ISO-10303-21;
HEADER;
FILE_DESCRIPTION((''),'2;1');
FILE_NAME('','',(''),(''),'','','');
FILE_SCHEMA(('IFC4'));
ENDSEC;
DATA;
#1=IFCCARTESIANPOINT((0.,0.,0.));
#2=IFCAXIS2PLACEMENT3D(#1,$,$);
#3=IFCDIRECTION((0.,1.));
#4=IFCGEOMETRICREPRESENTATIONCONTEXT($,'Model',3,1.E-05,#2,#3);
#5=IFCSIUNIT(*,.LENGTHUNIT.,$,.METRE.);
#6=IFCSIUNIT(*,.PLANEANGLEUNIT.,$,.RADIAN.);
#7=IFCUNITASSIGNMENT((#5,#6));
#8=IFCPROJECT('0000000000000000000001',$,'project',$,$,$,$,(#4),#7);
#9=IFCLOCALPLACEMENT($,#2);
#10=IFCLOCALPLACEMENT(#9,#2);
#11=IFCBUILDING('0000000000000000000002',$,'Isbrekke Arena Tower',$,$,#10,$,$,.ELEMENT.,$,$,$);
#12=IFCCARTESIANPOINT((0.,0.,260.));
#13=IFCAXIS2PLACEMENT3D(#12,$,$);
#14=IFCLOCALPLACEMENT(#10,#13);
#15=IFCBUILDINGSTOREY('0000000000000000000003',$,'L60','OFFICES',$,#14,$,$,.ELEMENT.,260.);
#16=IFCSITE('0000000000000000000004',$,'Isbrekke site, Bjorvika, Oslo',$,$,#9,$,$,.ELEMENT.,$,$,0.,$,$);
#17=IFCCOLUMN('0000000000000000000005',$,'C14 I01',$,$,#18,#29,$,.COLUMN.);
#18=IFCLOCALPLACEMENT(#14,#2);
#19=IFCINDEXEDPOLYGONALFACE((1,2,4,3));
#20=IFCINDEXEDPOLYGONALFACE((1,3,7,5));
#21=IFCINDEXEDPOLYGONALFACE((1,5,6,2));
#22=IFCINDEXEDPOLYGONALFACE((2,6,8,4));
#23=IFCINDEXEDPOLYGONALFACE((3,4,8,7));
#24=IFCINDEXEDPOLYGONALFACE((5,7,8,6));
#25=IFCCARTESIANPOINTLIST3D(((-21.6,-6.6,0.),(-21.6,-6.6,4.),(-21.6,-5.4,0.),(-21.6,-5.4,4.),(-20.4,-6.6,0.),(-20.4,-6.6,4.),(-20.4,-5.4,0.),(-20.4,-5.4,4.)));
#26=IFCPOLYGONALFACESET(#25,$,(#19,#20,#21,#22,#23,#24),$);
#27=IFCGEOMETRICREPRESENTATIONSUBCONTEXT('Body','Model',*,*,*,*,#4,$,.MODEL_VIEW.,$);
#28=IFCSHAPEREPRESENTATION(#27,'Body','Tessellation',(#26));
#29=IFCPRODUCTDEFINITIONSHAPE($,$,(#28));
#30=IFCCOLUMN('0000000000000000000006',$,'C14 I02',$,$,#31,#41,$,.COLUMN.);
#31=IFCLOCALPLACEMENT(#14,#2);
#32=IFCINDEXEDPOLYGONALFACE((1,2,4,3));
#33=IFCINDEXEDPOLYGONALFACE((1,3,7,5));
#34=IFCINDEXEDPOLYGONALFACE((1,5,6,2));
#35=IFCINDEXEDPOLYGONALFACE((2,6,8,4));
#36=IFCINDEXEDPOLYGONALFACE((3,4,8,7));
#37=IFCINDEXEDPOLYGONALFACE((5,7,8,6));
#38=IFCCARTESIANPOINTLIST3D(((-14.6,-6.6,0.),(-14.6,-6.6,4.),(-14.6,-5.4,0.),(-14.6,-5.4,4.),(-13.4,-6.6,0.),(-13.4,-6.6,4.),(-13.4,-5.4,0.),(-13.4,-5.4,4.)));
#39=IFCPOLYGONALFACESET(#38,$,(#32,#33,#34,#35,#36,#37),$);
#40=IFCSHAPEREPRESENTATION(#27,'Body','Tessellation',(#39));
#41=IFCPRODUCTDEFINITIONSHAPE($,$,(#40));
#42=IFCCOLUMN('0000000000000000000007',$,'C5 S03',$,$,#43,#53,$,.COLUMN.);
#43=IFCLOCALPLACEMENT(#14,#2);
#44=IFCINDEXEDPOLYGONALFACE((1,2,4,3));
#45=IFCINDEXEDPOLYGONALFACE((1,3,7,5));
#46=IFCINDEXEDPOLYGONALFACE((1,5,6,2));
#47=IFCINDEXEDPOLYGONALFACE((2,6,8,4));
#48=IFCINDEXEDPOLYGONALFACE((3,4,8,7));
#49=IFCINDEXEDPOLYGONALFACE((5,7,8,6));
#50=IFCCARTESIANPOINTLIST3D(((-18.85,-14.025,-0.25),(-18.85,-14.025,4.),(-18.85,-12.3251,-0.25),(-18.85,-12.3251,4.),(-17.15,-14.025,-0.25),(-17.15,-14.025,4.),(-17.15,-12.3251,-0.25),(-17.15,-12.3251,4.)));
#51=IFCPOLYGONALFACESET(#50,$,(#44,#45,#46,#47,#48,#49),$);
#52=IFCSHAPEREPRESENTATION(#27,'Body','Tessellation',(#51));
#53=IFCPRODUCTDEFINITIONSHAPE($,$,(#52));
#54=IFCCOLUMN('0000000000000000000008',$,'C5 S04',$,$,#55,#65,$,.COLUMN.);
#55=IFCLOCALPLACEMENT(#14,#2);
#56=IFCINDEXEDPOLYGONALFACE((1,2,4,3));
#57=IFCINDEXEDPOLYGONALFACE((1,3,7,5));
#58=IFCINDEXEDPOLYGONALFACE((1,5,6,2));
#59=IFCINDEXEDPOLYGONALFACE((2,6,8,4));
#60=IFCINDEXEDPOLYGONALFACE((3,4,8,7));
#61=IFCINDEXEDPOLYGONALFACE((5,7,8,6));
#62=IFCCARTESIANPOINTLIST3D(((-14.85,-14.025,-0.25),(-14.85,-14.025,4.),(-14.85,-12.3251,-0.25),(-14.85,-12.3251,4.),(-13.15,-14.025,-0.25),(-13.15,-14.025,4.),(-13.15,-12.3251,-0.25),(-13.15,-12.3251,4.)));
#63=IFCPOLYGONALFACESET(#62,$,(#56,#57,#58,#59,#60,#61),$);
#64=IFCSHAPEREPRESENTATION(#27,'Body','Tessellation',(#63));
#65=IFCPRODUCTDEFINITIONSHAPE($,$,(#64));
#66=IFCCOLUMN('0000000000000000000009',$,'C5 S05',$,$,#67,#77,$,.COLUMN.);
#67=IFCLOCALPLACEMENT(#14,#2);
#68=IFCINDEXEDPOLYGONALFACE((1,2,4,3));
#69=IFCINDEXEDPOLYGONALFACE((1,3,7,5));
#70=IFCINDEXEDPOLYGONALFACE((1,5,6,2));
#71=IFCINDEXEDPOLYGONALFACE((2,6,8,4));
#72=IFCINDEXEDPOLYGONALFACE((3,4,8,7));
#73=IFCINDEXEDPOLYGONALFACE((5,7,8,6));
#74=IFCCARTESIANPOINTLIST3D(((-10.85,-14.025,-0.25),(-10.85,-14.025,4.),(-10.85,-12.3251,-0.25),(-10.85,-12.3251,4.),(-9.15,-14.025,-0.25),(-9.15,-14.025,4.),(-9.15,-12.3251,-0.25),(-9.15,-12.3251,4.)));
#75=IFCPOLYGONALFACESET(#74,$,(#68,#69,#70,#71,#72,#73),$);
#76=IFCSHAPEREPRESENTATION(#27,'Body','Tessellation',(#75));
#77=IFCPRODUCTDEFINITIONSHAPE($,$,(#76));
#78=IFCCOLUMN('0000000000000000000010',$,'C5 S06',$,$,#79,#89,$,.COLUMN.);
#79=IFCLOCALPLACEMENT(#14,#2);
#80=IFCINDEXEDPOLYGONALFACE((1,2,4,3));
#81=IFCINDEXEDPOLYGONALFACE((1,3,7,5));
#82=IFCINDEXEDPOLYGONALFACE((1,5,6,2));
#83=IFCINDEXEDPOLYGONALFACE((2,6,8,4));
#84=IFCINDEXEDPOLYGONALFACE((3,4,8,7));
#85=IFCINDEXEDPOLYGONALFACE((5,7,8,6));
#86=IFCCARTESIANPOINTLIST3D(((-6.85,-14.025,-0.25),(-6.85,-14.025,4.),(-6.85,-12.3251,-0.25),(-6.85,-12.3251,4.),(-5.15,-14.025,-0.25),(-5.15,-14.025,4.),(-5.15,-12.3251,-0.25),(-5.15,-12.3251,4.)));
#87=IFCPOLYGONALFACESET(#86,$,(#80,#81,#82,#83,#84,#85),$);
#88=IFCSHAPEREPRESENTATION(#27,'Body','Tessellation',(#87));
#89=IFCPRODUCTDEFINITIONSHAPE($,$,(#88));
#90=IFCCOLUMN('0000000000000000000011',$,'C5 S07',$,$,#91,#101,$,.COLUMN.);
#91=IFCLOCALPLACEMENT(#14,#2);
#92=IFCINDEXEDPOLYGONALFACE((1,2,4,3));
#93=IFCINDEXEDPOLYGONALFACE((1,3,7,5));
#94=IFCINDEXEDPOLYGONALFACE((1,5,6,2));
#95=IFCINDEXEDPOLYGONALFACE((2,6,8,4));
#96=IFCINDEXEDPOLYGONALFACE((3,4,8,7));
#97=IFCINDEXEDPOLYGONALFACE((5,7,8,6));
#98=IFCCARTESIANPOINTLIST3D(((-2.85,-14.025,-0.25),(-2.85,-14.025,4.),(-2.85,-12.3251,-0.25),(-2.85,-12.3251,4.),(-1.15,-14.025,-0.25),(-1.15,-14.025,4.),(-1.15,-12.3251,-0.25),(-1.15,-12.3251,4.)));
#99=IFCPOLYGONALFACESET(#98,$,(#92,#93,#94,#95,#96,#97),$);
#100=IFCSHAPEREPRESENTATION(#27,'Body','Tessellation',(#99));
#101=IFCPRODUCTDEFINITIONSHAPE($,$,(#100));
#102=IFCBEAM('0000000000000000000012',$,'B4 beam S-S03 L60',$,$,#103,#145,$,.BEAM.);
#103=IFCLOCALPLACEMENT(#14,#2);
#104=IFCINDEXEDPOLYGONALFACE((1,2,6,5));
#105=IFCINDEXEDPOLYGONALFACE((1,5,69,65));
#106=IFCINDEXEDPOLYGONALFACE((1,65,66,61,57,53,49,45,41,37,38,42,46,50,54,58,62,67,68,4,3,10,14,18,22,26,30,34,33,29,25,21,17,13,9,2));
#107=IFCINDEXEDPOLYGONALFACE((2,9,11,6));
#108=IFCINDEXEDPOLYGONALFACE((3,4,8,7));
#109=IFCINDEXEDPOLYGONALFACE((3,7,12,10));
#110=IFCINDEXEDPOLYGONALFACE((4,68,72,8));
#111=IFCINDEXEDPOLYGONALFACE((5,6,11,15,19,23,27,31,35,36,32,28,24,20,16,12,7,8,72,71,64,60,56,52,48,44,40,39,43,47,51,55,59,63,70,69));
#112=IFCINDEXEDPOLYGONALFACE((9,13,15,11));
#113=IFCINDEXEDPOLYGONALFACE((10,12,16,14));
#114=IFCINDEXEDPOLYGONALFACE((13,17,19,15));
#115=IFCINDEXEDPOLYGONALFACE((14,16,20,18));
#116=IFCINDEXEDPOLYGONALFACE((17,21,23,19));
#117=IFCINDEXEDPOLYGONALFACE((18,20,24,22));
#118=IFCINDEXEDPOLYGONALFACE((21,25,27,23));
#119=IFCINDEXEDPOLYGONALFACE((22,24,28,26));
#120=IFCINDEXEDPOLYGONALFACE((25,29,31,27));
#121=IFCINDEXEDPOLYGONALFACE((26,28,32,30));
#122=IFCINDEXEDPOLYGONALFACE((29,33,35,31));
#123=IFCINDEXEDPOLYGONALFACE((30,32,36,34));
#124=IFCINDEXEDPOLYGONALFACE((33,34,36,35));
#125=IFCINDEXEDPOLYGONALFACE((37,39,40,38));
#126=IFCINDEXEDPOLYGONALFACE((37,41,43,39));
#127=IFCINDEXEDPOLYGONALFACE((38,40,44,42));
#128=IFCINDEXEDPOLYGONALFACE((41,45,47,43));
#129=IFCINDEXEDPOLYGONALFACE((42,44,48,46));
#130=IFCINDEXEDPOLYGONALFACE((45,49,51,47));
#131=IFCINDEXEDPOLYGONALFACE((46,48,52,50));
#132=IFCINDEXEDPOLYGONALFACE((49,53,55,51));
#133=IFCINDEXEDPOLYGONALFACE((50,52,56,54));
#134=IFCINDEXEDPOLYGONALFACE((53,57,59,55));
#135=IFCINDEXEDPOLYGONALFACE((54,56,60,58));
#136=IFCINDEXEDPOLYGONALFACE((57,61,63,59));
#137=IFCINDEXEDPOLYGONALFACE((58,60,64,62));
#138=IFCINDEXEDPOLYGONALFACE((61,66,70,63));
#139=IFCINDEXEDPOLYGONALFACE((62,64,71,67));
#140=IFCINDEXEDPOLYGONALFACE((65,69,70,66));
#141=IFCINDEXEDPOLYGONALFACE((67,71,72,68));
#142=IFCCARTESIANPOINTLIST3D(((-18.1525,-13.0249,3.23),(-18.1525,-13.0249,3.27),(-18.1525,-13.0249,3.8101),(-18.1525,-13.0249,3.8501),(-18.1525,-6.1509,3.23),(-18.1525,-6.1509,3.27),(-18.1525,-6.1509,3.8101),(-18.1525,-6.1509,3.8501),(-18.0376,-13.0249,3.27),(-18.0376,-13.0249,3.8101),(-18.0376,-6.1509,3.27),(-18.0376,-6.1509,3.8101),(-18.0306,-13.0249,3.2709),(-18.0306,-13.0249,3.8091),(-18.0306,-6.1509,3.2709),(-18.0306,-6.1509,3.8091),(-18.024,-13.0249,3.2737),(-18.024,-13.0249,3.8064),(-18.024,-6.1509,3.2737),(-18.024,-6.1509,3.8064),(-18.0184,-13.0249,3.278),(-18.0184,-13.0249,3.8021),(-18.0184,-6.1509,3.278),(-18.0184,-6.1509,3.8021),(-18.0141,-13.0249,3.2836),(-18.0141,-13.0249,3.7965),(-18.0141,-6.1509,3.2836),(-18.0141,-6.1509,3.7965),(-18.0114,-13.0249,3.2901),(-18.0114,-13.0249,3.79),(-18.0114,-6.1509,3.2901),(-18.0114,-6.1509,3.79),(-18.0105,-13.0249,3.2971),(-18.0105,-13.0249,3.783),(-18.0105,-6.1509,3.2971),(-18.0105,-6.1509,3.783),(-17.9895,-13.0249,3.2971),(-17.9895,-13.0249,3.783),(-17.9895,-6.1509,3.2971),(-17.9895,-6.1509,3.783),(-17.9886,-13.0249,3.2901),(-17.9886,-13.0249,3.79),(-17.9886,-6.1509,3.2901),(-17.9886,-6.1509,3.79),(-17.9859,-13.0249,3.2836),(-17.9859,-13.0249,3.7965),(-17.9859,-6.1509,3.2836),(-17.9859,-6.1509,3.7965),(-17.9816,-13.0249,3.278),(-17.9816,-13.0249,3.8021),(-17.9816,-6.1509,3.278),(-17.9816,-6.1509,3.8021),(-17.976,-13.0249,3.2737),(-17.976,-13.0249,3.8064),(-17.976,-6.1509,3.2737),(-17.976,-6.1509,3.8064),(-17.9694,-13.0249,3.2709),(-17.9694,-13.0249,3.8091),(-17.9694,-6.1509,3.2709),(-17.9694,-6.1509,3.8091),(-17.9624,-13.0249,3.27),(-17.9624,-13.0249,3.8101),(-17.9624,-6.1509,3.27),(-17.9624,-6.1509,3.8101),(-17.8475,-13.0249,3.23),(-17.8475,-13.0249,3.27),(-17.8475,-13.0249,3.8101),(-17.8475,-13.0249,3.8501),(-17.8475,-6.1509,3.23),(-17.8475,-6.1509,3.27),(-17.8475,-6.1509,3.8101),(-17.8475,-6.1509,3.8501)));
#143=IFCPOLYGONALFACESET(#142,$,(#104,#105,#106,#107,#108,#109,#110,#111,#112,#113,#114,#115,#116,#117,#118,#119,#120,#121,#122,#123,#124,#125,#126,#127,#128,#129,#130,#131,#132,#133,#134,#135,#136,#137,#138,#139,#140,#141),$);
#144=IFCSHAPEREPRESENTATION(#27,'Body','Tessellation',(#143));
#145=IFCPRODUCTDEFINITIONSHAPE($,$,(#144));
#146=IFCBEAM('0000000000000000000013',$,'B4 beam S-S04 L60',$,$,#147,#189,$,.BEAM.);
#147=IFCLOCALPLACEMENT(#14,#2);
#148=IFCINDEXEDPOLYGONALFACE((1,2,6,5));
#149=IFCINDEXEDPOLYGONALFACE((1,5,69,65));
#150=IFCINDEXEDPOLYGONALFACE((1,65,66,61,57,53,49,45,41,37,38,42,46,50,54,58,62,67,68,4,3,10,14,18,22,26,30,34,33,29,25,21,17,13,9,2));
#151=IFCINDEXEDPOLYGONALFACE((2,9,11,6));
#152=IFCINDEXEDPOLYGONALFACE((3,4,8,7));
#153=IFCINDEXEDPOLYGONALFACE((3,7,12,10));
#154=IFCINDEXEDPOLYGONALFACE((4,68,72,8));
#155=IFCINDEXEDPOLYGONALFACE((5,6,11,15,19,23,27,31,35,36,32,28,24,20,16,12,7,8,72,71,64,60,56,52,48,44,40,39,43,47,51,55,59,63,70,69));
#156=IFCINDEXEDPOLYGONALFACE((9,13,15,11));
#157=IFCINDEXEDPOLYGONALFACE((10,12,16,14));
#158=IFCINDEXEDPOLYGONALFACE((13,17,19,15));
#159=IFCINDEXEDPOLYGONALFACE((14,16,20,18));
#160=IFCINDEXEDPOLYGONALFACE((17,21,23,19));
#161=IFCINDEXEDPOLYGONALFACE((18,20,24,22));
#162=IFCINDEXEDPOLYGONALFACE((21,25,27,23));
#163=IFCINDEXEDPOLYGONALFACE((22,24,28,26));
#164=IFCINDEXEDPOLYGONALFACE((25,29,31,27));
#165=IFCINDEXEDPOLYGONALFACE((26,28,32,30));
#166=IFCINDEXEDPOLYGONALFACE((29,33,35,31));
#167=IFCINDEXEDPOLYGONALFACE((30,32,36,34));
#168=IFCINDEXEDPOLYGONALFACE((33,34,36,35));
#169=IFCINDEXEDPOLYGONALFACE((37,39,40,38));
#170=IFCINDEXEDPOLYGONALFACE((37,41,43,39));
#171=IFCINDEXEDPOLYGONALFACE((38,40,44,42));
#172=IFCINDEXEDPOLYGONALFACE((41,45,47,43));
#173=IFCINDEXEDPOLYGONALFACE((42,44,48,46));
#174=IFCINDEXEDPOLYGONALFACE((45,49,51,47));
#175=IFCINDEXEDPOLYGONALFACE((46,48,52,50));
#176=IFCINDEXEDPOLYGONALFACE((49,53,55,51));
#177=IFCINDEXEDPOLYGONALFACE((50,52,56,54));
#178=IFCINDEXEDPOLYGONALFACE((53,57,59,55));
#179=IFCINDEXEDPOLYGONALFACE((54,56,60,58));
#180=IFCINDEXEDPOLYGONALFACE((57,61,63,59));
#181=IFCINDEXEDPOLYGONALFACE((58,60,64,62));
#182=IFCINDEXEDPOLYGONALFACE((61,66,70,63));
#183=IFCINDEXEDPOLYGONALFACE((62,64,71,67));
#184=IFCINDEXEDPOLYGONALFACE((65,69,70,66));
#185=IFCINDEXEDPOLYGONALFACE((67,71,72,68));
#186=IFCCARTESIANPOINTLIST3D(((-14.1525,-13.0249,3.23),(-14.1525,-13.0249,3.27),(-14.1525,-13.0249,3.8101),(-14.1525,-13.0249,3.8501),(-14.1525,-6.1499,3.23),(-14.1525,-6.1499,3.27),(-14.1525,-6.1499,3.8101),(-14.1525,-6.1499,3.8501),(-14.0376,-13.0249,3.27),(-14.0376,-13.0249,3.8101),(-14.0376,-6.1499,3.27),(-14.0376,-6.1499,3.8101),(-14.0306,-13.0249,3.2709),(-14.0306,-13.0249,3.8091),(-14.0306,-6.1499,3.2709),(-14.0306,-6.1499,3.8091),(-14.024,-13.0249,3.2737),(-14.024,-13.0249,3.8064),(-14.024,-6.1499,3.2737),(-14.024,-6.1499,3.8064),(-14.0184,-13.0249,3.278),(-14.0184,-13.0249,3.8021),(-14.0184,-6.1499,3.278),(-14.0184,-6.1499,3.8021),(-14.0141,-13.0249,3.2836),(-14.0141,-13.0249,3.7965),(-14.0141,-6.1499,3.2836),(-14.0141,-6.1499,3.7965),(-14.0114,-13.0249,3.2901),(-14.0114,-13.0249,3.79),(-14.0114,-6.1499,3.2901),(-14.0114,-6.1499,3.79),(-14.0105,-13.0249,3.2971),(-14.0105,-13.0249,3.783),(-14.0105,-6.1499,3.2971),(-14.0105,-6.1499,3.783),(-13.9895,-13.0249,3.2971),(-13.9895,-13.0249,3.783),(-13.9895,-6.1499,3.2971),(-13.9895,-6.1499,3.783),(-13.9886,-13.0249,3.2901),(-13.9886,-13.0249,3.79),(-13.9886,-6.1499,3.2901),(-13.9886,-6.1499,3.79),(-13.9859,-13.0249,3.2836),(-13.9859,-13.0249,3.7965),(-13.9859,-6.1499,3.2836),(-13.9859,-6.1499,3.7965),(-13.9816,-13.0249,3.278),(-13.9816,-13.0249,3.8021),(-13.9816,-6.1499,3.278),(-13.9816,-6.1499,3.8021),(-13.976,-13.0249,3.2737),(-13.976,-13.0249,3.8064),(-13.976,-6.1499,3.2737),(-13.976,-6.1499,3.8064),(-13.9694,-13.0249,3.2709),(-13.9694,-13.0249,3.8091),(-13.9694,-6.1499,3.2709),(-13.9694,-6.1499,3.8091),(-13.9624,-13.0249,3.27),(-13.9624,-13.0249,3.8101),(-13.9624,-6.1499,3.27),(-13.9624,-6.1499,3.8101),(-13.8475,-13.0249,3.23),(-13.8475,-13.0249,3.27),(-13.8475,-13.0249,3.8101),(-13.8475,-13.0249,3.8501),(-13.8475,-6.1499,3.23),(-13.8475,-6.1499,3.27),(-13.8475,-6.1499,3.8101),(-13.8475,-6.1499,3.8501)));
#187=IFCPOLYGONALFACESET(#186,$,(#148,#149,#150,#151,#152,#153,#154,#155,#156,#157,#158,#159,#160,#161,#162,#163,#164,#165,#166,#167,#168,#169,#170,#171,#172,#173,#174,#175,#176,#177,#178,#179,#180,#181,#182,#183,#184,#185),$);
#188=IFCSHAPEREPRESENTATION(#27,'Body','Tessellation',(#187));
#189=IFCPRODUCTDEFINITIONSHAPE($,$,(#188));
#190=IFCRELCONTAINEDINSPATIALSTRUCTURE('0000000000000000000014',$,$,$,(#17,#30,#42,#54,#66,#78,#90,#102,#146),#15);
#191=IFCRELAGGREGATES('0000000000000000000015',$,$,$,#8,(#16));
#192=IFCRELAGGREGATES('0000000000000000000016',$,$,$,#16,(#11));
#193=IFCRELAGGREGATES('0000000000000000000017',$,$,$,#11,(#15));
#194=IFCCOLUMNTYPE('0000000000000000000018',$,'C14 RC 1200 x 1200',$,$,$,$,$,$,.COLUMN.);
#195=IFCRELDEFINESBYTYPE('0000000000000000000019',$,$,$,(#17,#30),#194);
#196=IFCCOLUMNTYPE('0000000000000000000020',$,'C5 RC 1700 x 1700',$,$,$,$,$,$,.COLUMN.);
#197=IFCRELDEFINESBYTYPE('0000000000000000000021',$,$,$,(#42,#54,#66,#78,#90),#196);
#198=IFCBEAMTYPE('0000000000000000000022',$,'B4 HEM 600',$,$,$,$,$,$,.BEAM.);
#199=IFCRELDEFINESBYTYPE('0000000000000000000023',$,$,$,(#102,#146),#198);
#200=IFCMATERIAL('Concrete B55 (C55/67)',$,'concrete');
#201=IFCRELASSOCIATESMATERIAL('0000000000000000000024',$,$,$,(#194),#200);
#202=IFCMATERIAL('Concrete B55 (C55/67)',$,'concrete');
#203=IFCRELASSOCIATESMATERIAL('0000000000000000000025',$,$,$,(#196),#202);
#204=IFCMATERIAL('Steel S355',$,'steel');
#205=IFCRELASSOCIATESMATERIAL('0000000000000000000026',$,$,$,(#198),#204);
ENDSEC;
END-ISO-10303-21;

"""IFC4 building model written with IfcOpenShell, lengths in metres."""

from ifc_helpers import new_model, si_unit, direction, frame, origin, origin_2d, place, context, subcontext, project, spatial, rectangle, i_section, extrude, material, material_profile, profile_set, type_object, element, save


model = new_model("IFC4")

# Units and contexts
model_context = context("Model", 3, precision=1e-05, world=origin(), true_north=direction((0.0, 1.0)))
body_context = subcontext(model_context, "Body", "Model", "MODEL_VIEW")
ifc_project = project(units=[si_unit("LENGTHUNIT", "METRE"), si_unit("PLANEANGLEUNIT", "RADIAN")], contexts=[model_context])

# Site, building, storey
site_placement = place(None, origin())
site = spatial("IfcSite", under=ifc_project, at=site_placement, Name="Isbrekke site, Bjorvika, Oslo", CompositionType="ELEMENT", RefElevation=0.0)
building_placement = place(site_placement, origin())
building = spatial("IfcBuilding", under=site, at=building_placement, Name="Isbrekke Arena Tower", CompositionType="ELEMENT")
storey_placement = place(building_placement, frame((0.0, 0.0, 260.0)))
storey = spatial("IfcBuildingStorey", under=building, at=storey_placement, Name="L60", Description="OFFICES", CompositionType="ELEMENT", Elevation=260.0)

# Columns
ifc_material_1 = material(Name="Concrete B55 (C55/67)", Category="concrete")
ifc_material_profile_1 = material_profile(ifc_material_1, rectangle(XDim=1.2, YDim=1.2, at=origin_2d()), Name="RC 1200x1200")
ifc_profile_set_1 = profile_set([ifc_material_profile_1], Name="Concrete B55 (C55/67)")
column_type_1 = type_object("IfcColumnType", Name="C14 RC 1200 x 1200", PredefinedType="COLUMN", material=ifc_profile_set_1)
for number, where, z_axis, x_axis, name in (
    (1, (-21.0, -6.0, 0.0), (0.0, 0.0, 1.0), (1.0, 0.0, 0.0), "C14 I01"),
    (2, (-14.0, -6.0, 0.0), (0.0, 0.0, 1.0), (1.0, 0.0, 0.0), "C14 I02"),
):
    element("IfcColumn", number, at=place(storey_placement, frame(where, z_axis=z_axis, x_axis=x_axis)), inside=storey, type_object=column_type_1, Name=name, PredefinedType="COLUMN", context=body_context, shape_type="SweptSolid", body=[
        extrude(rectangle(XDim=1.2, YDim=1.2, at=origin_2d()), origin(), (0.0, 0.0, 1.0), 4.0),
    ])
ifc_material_2 = material(Name="Concrete B55 (C55/67)", Category="concrete")
ifc_material_profile_2 = material_profile(ifc_material_2, rectangle(XDim=1.7, YDim=1.7, at=origin_2d()), Name="RC 1700x1700")
ifc_profile_set_2 = profile_set([ifc_material_profile_2], Name="Concrete B55 (C55/67)")
column_type_2 = type_object("IfcColumnType", Name="C5 RC 1700 x 1700", PredefinedType="COLUMN", material=ifc_profile_set_2)
for number, where, z_axis, x_axis, name in (
    (3, (-18.0, -13.175, -0.25), (0.0, 0.0, 1.0), (1.0, 0.0, 0.0), "C5 S03"),
    (4, (-14.0, -13.175, -0.25), (0.0, 0.0, 1.0), (1.0, 0.0, 0.0), "C5 S04"),
    (5, (-10.0, -13.175, -0.25), (0.0, 0.0, 1.0), (1.0, 0.0, 0.0), "C5 S05"),
    (6, (-6.0, -13.175, -0.25), (0.0, 0.0, 1.0), (1.0, 0.0, 0.0), "C5 S06"),
    (7, (-2.0, -13.175, -0.25), (0.0, 0.0, 1.0), (1.0, 0.0, 0.0), "C5 S07"),
):
    element("IfcColumn", number, at=place(storey_placement, frame(where, z_axis=z_axis, x_axis=x_axis)), inside=storey, type_object=column_type_2, Name=name, PredefinedType="COLUMN", context=body_context, shape_type="SweptSolid", body=[
        extrude(rectangle(XDim=1.7, YDim=1.7, at=origin_2d()), origin(), (0.0, 0.0, 1.0), 4.25),
    ])

# Beams
ifc_material_3 = material(Name="Steel S355", Category="steel")
ifc_material_profile_3 = material_profile(ifc_material_3, i_section(OverallWidth=0.3049, OverallDepth=0.6201, WebThickness=0.021, FlangeThickness=0.04, FilletRadius=0.0271, at=origin_2d()), Name="HEM 600")
ifc_profile_set_3 = profile_set([ifc_material_profile_3], Name="Steel S355")
beam_type_1 = type_object("IfcBeamType", Name="B4 HEM 600", PredefinedType="BEAM", material=ifc_profile_set_3)
beam_1_placement = place(storey_placement, frame((-18.0, -13.0249, 3.54), z_axis=(0.0, 1.0, 0.0), x_axis=(-1.0, 0.0, 0.0)))
element("IfcBeam", 8, at=beam_1_placement, inside=storey, type_object=beam_type_1, Name="B4 beam S-S03 L60", PredefinedType="BEAM", context=body_context, shape_type="SweptSolid", body=[
    extrude(i_section(OverallWidth=0.3049, OverallDepth=0.6201, WebThickness=0.021, FlangeThickness=0.04, FilletRadius=0.0271, at=origin_2d()), origin(), (0.0, 0.0, 1.0), 6.874),
])
beam_2_placement = place(storey_placement, frame((-14.0, -13.0249, 3.54), z_axis=(0.0, 1.0, 0.0), x_axis=(-1.0, 0.0, 0.0)))
element("IfcBeam", 9, at=beam_2_placement, inside=storey, type_object=beam_type_1, Name="B4 beam S-S04 L60", PredefinedType="BEAM", context=body_context, shape_type="SweptSolid", body=[
    extrude(i_section(OverallWidth=0.3049, OverallDepth=0.6201, WebThickness=0.021, FlangeThickness=0.04, FilletRadius=0.0271, at=origin_2d()), origin(), (0.0, 0.0, 1.0), 6.875),
])

save(model, "model.ifc")
